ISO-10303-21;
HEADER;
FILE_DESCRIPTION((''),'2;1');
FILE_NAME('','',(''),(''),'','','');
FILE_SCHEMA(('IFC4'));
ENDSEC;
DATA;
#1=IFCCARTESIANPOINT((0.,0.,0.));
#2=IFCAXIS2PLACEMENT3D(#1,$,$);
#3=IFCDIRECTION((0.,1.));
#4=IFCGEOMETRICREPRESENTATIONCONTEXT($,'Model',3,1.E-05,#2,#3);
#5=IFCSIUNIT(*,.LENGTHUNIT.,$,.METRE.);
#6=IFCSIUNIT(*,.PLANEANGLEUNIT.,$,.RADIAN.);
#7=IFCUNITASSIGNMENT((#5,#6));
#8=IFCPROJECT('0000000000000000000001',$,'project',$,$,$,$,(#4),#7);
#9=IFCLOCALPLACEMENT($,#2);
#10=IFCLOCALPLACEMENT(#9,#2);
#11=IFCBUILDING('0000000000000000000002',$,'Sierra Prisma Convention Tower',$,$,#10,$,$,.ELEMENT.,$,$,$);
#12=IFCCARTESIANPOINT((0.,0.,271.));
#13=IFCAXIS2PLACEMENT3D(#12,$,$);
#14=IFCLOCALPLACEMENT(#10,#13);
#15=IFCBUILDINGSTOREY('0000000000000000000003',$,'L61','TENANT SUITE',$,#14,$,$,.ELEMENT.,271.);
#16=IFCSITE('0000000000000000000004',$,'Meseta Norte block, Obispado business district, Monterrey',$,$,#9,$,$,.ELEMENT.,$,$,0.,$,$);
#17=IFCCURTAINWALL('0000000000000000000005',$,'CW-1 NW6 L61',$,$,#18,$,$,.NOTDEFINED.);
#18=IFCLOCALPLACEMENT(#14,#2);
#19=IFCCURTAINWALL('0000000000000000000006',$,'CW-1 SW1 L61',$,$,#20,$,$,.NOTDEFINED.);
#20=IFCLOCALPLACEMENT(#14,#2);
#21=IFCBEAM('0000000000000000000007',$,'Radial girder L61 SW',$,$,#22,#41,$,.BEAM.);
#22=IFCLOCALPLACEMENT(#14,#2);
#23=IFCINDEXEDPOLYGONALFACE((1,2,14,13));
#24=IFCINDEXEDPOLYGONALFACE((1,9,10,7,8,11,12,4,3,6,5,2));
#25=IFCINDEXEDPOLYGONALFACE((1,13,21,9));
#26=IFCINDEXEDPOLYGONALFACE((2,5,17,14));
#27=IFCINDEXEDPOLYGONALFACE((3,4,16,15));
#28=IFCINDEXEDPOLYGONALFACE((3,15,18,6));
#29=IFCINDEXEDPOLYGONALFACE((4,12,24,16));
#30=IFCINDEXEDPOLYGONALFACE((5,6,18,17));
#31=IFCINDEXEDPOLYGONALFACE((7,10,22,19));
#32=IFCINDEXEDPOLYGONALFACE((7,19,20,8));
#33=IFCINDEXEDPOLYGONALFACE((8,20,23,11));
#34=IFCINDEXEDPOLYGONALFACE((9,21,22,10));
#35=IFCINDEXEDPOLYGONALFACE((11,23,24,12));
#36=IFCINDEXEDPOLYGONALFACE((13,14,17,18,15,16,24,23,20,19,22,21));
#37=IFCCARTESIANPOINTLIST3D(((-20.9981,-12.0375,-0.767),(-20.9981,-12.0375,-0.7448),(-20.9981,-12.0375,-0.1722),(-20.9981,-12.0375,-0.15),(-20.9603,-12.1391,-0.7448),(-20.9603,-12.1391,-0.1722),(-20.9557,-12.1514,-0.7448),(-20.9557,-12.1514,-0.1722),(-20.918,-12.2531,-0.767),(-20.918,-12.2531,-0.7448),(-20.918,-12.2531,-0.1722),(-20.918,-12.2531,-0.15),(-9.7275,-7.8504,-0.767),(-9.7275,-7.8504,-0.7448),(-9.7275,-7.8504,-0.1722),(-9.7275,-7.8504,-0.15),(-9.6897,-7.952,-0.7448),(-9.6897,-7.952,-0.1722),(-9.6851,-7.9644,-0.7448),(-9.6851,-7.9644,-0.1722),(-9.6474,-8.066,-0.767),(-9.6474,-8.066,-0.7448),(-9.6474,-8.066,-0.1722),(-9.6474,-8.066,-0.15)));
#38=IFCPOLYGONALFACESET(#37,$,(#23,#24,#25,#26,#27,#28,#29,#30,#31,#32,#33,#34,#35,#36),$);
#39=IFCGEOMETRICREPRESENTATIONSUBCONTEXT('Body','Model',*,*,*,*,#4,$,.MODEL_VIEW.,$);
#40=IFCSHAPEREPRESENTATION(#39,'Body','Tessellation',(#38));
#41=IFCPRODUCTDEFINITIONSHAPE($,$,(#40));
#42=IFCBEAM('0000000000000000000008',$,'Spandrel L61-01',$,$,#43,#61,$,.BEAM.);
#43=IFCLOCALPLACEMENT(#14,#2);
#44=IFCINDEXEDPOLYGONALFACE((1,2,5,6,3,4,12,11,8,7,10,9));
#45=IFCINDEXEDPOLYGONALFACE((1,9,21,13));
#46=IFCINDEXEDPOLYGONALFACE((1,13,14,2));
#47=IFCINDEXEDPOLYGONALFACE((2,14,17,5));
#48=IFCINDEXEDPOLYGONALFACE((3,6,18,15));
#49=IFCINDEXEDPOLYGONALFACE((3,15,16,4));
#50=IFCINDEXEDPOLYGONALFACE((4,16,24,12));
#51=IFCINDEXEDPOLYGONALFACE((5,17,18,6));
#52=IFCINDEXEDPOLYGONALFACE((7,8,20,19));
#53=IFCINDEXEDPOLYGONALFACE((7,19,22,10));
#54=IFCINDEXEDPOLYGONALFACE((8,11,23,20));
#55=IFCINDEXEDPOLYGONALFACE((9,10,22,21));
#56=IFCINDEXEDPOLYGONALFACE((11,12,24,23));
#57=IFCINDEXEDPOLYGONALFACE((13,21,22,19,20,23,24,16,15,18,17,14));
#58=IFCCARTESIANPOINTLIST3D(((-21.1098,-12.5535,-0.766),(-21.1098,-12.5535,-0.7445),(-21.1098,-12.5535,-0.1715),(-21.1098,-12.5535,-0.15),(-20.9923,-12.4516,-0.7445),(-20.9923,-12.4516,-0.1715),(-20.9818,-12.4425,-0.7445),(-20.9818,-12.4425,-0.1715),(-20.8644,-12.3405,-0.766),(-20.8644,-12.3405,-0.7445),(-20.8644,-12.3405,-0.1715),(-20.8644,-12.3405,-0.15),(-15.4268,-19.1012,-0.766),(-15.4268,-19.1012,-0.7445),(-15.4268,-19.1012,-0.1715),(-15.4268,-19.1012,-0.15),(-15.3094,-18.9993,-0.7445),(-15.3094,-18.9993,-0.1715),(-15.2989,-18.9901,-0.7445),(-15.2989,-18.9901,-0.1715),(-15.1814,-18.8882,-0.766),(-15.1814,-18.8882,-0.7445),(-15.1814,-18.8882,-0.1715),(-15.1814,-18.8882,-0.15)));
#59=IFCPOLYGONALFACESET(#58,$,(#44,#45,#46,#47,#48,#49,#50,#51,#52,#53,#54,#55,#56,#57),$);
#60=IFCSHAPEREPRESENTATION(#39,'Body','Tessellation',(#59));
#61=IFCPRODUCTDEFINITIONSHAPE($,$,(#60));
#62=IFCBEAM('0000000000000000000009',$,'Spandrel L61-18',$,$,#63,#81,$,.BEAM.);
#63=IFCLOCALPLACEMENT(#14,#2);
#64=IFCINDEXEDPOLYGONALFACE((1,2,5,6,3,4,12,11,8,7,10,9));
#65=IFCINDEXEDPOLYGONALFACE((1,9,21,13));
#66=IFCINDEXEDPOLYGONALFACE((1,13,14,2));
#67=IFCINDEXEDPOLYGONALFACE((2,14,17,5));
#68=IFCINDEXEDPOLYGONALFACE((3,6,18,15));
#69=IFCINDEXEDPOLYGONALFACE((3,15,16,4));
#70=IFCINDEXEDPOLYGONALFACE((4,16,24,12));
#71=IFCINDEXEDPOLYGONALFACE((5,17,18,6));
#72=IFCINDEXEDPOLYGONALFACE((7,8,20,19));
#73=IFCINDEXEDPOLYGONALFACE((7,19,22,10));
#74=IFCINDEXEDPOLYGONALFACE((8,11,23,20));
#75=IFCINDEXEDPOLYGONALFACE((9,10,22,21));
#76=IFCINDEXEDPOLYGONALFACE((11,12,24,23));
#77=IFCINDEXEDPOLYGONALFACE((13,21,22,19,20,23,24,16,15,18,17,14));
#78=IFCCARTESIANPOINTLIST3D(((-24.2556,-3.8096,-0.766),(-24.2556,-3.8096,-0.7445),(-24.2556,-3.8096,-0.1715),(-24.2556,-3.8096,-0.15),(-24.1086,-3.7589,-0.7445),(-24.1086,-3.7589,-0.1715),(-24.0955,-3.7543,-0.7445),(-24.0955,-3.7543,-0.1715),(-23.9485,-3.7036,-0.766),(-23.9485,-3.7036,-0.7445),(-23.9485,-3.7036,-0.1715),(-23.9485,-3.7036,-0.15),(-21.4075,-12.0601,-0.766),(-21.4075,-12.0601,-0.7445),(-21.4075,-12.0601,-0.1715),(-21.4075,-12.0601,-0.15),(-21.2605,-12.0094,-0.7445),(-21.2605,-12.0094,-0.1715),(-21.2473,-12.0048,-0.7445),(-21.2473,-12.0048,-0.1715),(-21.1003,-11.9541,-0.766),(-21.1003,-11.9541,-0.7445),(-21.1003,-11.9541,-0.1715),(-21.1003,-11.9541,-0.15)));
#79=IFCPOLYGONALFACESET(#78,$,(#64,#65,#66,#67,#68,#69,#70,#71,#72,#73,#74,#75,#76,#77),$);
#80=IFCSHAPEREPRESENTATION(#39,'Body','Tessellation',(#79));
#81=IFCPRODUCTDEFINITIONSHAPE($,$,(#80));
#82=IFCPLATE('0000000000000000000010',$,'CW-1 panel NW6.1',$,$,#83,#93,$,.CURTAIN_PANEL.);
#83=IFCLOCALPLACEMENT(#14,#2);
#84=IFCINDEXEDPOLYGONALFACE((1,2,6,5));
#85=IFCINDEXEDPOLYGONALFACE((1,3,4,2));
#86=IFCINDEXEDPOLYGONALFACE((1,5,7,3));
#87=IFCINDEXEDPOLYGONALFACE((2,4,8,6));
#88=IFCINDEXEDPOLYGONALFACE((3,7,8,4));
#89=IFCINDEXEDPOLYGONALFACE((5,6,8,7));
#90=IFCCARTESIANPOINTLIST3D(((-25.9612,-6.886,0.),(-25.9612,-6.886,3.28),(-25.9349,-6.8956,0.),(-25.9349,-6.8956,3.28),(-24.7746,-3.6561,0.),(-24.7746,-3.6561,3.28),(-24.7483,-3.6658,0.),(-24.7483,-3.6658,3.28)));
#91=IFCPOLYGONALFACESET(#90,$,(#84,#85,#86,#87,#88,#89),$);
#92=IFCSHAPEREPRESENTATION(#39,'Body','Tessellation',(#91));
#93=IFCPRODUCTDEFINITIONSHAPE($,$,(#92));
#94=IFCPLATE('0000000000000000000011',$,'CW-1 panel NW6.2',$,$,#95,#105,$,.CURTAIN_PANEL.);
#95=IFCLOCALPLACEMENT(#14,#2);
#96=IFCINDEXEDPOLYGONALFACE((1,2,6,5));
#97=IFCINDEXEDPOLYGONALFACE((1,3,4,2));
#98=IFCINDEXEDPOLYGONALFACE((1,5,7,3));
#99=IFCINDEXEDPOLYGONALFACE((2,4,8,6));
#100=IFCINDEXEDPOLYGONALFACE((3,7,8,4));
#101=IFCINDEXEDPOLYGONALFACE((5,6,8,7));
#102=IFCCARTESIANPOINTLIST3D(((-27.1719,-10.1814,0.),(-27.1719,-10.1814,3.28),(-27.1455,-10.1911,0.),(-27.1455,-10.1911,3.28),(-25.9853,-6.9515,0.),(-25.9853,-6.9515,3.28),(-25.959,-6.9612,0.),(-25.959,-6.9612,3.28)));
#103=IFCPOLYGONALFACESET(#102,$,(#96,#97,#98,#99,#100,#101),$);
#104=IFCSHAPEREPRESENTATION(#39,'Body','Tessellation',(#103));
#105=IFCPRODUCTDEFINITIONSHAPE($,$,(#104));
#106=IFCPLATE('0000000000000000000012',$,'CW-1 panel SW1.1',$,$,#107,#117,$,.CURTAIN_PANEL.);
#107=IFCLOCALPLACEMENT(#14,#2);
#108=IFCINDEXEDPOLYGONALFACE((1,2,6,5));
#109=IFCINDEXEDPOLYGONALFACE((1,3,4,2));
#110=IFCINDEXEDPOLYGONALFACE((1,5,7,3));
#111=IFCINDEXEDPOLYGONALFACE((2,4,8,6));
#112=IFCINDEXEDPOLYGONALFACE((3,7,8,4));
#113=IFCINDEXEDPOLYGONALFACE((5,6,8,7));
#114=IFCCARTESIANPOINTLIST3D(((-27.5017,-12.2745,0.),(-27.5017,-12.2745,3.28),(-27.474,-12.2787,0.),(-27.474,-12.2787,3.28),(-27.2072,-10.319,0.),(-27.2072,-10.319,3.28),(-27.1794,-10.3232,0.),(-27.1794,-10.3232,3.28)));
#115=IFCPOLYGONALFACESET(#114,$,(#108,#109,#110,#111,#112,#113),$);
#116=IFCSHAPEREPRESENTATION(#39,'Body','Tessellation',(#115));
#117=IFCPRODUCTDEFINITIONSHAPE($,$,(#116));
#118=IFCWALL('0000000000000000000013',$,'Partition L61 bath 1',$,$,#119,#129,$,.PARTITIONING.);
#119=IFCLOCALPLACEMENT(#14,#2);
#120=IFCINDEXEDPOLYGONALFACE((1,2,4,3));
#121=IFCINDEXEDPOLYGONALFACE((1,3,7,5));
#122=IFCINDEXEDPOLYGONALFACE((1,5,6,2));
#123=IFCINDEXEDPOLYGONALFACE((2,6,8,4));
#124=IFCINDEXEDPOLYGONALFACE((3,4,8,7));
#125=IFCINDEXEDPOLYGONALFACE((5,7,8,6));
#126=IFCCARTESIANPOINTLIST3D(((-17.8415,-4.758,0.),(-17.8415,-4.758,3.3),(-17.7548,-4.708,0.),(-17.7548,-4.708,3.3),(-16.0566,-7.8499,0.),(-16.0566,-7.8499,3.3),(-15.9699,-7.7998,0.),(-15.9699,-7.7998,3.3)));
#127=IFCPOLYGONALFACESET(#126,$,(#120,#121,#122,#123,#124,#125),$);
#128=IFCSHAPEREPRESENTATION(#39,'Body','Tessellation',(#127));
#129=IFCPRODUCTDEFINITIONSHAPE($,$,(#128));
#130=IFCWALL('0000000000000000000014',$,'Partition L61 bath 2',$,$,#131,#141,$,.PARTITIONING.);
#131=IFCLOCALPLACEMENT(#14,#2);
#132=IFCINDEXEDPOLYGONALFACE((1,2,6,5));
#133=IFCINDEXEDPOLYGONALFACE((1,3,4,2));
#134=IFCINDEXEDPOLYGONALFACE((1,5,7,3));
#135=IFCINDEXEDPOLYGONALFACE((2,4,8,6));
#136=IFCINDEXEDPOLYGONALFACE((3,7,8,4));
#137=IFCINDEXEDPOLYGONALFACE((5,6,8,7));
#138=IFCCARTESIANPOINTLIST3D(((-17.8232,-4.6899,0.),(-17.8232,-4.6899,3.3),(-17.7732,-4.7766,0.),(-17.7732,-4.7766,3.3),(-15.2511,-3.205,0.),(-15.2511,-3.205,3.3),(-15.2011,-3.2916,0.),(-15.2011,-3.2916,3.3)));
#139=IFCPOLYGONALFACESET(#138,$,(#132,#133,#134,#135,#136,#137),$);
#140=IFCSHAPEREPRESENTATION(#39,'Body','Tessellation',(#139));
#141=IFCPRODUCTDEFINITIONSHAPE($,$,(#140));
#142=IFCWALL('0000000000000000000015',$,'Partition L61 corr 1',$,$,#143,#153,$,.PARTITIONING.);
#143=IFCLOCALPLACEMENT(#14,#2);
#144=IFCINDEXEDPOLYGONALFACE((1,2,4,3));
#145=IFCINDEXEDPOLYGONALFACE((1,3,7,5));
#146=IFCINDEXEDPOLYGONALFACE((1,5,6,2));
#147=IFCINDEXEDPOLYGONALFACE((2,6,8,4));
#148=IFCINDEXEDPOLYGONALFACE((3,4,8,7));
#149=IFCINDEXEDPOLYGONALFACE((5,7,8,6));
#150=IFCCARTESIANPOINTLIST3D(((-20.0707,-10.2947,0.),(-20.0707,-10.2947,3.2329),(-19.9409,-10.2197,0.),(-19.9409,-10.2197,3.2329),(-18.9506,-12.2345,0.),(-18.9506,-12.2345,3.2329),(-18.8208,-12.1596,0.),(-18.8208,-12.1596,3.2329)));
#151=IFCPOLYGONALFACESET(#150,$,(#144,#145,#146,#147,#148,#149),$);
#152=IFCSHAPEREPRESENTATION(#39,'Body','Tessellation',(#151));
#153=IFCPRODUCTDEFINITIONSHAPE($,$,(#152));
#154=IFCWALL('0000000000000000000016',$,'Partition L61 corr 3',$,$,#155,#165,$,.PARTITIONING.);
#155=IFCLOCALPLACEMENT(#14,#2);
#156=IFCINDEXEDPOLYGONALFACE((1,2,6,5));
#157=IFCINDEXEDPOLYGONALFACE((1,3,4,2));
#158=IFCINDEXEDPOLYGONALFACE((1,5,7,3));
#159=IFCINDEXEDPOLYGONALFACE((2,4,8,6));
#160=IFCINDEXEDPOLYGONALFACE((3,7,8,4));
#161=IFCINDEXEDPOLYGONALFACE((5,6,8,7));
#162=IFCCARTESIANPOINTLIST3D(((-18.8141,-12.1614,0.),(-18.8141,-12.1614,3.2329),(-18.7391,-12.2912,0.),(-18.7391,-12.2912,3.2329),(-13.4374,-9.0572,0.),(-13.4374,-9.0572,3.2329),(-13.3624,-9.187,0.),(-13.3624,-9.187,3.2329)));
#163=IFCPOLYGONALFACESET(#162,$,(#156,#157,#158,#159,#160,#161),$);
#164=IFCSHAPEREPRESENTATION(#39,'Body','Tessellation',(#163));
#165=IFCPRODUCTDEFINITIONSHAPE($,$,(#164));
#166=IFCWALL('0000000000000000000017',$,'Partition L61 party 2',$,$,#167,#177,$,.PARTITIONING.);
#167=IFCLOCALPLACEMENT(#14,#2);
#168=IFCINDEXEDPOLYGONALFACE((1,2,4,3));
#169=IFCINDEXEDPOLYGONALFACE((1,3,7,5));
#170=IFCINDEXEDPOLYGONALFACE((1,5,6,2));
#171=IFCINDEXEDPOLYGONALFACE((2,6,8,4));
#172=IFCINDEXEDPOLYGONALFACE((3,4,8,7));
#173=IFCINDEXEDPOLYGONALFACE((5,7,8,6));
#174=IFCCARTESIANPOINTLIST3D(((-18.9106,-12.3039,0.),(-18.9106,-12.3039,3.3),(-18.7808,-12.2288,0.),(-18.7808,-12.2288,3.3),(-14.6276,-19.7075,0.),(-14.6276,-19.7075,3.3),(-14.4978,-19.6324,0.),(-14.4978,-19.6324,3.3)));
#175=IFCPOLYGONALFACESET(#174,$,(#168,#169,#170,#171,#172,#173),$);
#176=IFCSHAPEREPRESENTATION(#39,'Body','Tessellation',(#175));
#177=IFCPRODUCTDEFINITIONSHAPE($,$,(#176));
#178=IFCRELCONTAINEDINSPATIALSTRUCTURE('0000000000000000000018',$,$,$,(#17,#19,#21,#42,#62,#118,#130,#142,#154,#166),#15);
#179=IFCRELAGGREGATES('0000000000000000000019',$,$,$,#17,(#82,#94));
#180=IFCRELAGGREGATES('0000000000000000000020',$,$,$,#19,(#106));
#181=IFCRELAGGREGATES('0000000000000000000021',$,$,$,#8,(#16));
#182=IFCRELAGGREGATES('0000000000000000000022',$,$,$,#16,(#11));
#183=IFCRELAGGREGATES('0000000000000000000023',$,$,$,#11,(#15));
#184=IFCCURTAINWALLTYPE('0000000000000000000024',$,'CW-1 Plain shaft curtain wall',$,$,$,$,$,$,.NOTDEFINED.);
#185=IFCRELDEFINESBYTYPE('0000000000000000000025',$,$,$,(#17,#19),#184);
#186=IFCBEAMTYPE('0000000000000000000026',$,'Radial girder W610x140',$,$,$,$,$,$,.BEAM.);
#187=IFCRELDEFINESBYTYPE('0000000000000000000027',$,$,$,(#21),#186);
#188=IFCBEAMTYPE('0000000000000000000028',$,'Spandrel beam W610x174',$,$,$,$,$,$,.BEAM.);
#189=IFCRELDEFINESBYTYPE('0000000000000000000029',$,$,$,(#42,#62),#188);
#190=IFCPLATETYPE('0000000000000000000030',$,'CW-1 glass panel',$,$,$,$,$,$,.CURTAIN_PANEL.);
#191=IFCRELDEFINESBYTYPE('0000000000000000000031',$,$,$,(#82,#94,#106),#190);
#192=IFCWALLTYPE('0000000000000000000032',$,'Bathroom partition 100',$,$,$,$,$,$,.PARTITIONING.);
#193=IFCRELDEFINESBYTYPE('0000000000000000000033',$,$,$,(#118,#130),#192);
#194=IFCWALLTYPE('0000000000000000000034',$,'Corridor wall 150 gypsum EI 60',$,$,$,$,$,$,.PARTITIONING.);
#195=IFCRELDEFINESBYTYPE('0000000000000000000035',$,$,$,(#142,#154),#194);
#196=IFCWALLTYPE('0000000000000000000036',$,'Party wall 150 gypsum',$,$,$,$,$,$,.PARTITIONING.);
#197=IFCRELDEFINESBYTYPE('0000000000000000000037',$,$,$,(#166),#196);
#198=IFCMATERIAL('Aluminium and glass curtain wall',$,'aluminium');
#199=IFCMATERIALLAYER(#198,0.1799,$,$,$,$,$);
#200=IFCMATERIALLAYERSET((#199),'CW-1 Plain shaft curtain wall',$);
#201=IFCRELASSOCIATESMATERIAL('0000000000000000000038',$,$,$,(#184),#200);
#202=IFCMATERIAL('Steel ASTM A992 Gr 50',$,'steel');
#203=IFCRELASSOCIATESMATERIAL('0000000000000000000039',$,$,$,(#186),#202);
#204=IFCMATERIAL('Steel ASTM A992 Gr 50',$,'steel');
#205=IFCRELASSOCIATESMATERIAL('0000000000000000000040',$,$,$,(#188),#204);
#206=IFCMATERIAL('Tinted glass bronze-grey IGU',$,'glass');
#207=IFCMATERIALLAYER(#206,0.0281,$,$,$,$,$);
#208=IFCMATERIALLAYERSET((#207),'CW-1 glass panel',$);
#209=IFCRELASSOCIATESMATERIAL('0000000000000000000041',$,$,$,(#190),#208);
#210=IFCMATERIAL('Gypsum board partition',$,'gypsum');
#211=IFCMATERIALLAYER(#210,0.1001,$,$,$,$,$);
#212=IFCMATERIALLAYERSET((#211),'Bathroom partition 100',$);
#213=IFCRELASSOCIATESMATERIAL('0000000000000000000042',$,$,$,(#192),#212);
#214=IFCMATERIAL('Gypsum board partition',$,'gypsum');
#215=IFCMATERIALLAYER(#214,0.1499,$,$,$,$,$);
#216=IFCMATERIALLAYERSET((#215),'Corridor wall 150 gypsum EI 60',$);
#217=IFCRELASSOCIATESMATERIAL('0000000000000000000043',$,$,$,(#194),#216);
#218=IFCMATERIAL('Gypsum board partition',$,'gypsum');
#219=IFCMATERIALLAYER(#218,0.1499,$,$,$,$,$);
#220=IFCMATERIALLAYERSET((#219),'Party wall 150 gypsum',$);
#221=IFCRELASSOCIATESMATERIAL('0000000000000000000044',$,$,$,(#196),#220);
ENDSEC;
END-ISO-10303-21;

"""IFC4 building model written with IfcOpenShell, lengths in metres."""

from ifc_helpers import new_model, si_unit, direction, frame, frame_2d, origin, origin_2d, place, context, subcontext, project, spatial, rectangle, i_section, extrude, material, layer, layer_set, material_profile, profile_set, type_object, element, aggregate, save


model = new_model("IFC4")

# Units and contexts
model_context = context("Model", 3, precision=1e-05, world=origin(), true_north=direction((0.0, 1.0)))
body_context = subcontext(model_context, "Body", "Model", "MODEL_VIEW")
ifc_project = project(units=[si_unit("LENGTHUNIT", "METRE"), si_unit("PLANEANGLEUNIT", "RADIAN")], contexts=[model_context])

# Site, building, storey
site_placement = place(None, origin())
site = spatial("IfcSite", under=ifc_project, at=site_placement, Name="Meseta Norte block, Obispado business district, Monterrey", CompositionType="ELEMENT", RefElevation=0.0)
building_placement = place(site_placement, origin())
building = spatial("IfcBuilding", under=site, at=building_placement, Name="Sierra Prisma Convention Tower", CompositionType="ELEMENT")
storey_placement = place(building_placement, frame((0.0, 0.0, 271.0)))
storey = spatial("IfcBuildingStorey", under=building, at=storey_placement, Name="L61", Description="TENANT SUITE", CompositionType="ELEMENT", Elevation=271.0)

# Curtain walls
ifc_material_1 = material(Name="Aluminium and glass curtain wall", Category="aluminium")
ifc_layer_1 = layer(ifc_material_1, 0.1799)
ifc_layer_set_1 = layer_set([ifc_layer_1], Name="CW-1 Plain shaft curtain wall")
curtain_wall_type = type_object("IfcCurtainWallType", Name="CW-1 Plain shaft curtain wall", PredefinedType="NOTDEFINED", material=ifc_layer_set_1)
curtain_wall_1_placement = place(storey_placement, origin())
curtain_wall_1 = element("IfcCurtainWall", 1, at=curtain_wall_1_placement, inside=storey, type_object=curtain_wall_type, Name="CW-1 NW6 L61", PredefinedType="NOTDEFINED")
curtain_wall_2_placement = place(storey_placement, origin())
curtain_wall_2 = element("IfcCurtainWall", 2, at=curtain_wall_2_placement, inside=storey, type_object=curtain_wall_type, Name="CW-1 SW1 L61", PredefinedType="NOTDEFINED")

# Beams
ifc_material_2 = material(Name="Steel ASTM A992 Gr 50", Category="steel")
ifc_material_profile_1 = material_profile(ifc_material_2, i_section(OverallWidth=0.23, OverallDepth=0.6169, WebThickness=0.0132, FlangeThickness=0.0222, at=origin_2d()), Name="W610x140")
ifc_profile_set_1 = profile_set([ifc_material_profile_1], Name="Steel ASTM A992 Gr 50")
beam_type_1 = type_object("IfcBeamType", Name="Radial girder W610x140", PredefinedType="BEAM", material=ifc_profile_set_1)
beam_1_placement = place(storey_placement, frame((-20.958, -12.1453, -0.4585), z_axis=(0.937403, 0.348247, 0.0), x_axis=(-0.348247, 0.937403, 0.0)))
element("IfcBeam", 3, at=beam_1_placement, inside=storey, type_object=beam_type_1, Name="Radial girder L61 SW", PredefinedType="BEAM", context=body_context, shape_type="SweptSolid", body=[
    extrude(i_section(OverallWidth=0.23, OverallDepth=0.6169, WebThickness=0.0132, FlangeThickness=0.0222, at=origin_2d()), origin(), (0.0, 0.0, 1.0), 12.0232),
])
ifc_material_3 = material(Name="Steel ASTM A992 Gr 50", Category="steel")
ifc_material_profile_2 = material_profile(ifc_material_3, i_section(OverallWidth=0.325, OverallDepth=0.616, WebThickness=0.0139, FlangeThickness=0.0215, at=origin_2d()), Name="W610x174")
ifc_profile_set_2 = profile_set([ifc_material_profile_2], Name="Steel ASTM A992 Gr 50")
beam_type_2 = type_object("IfcBeamType", Name="Spandrel beam W610x174", PredefinedType="BEAM", material=ifc_profile_set_2)
beam_2_placement = place(storey_placement, frame((-20.9871, -12.447, -0.458), z_axis=(0.655475, -0.755217, 0.0), x_axis=(0.755217, 0.655475, 0.0)))
element("IfcBeam", 4, at=beam_2_placement, inside=storey, type_object=beam_type_2, Name="Spandrel L61-01", PredefinedType="BEAM", context=body_context, shape_type="SweptSolid", body=[
    extrude(i_section(OverallWidth=0.325, OverallDepth=0.616, WebThickness=0.0139, FlangeThickness=0.0215, at=origin_2d()), origin(), (0.0, 0.0, 1.0), 8.6699),
])
beam_3_placement = place(storey_placement, frame((-24.1021, -3.7566, -0.458), z_axis=(0.326313, -0.945262, 0.0), x_axis=(0.945262, 0.326313, 0.0)))
element("IfcBeam", 5, at=beam_3_placement, inside=storey, type_object=beam_type_2, Name="Spandrel L61-18", PredefinedType="BEAM", context=body_context, shape_type="SweptSolid", body=[
    extrude(i_section(OverallWidth=0.325, OverallDepth=0.616, WebThickness=0.0139, FlangeThickness=0.0215, at=origin_2d()), origin(), (0.0, 0.0, 1.0), 8.7283),
])

# Plates
ifc_material_4 = material(Name="Tinted glass bronze-grey IGU", Category="glass")
ifc_layer_2 = layer(ifc_material_4, 0.0281)
ifc_layer_set_2 = layer_set([ifc_layer_2], Name="CW-1 glass panel")
plate_type = type_object("IfcPlateType", Name="CW-1 glass panel", PredefinedType="CURTAIN_PANEL", material=ifc_layer_set_2)
plate_1_placement = place(storey_placement, frame((-25.3547, -5.2759, 0.0), z_axis=(0.0, 0.0, 1.0), x_axis=(-0.344847, -0.938659, 0.0)))
plate_1 = element("IfcPlate", 6, at=plate_1_placement, type_object=plate_type, Name="CW-1 panel NW6.1", PredefinedType="CURTAIN_PANEL", context=body_context, shape_type="SweptSolid", body=[
    extrude(rectangle(XDim=3.4409, YDim=0.0281, at=origin_2d()), origin(), (0.0, 0.0, 1.0), 3.28),
])
plate_2_placement = place(storey_placement, frame((-26.5654, -8.5713, 0.0), z_axis=(0.0, 0.0, 1.0), x_axis=(-0.344847, -0.938659, 0.0)))
plate_2 = element("IfcPlate", 7, at=plate_2_placement, type_object=plate_type, Name="CW-1 panel NW6.2", PredefinedType="CURTAIN_PANEL", context=body_context, shape_type="SweptSolid", body=[
    extrude(rectangle(XDim=3.4409, YDim=0.0281, at=origin_2d()), origin(), (0.0, 0.0, 1.0), 3.28),
])
aggregate(curtain_wall_1, [plate_1, plate_2])
plate_3_placement = place(storey_placement, frame((-27.3406, -11.2988, 0.0), z_axis=(0.0, 0.0, 1.0), x_axis=(-0.148941, -0.988846, 0.0)))
plate_3 = element("IfcPlate", 8, at=plate_3_placement, type_object=plate_type, Name="CW-1 panel SW1.1", PredefinedType="CURTAIN_PANEL", context=body_context, shape_type="SweptSolid", body=[
    extrude(rectangle(XDim=1.9775, YDim=0.0281, at=origin_2d()), origin(), (0.0, 0.0, 1.0), 3.28),
])
aggregate(curtain_wall_2, [plate_3])

# Walls
ifc_material_5 = material(Name="Gypsum board partition", Category="gypsum")
ifc_layer_3 = layer(ifc_material_5, 0.1001)
ifc_layer_set_3 = layer_set([ifc_layer_3], Name="Bathroom partition 100")
wall_type_1 = type_object("IfcWallType", Name="Bathroom partition 100", PredefinedType="PARTITIONING", material=ifc_layer_set_3)
wall_1_placement = place(storey_placement, frame((-16.0132, -7.825, 0.0), z_axis=(0.0, 0.0, 1.0), x_axis=(-0.499971, 0.866042, 0.0)))
element("IfcWall", 9, at=wall_1_placement, inside=storey, type_object=wall_type_1, Name="Partition L61 bath 1", PredefinedType="PARTITIONING", context=body_context, shape_type="SweptSolid", body=[
    extrude(rectangle(XDim=3.5701, YDim=0.1001, at=frame_2d((1.7852, 0.0))), origin(), (0.0, 0.0, 1.0), 3.3),
])
wall_2_placement = place(storey_placement, frame((-17.7981, -4.7332, 0.0), z_axis=(0.0, 0.0, 1.0), x_axis=(0.866039, 0.499976, 0.0)))
element("IfcWall", 10, at=wall_2_placement, inside=storey, type_object=wall_type_1, Name="Partition L61 bath 2", PredefinedType="PARTITIONING", context=body_context, shape_type="SweptSolid", body=[
    extrude(rectangle(XDim=2.97, YDim=0.1001, at=frame_2d((1.4849, 0.0))), origin(), (0.0, 0.0, 1.0), 3.3),
])
ifc_material_6 = material(Name="Gypsum board partition", Category="gypsum")
ifc_layer_4 = layer(ifc_material_6, 0.1499)
ifc_layer_set_4 = layer_set([ifc_layer_4], Name="Corridor wall 150 gypsum EI 60")
wall_type_2 = type_object("IfcWallType", Name="Corridor wall 150 gypsum EI 60", PredefinedType="PARTITIONING", material=ifc_layer_set_4)
wall_3_placement = place(storey_placement, frame((-20.0059, -10.2571, 0.0), z_axis=(0.0, 0.0, 1.0), x_axis=(0.500031, -0.866008, 0.0)))
element("IfcWall", 11, at=wall_3_placement, inside=storey, type_object=wall_type_2, Name="Partition L61 corr 1", PredefinedType="PARTITIONING", context=body_context, shape_type="SweptSolid", body=[
    extrude(rectangle(XDim=2.24, YDim=0.1499, at=frame_2d((1.1201, 0.0))), origin(), (0.0, 0.0, 1.0), 3.2329),
])
wall_4_placement = place(storey_placement, frame((-18.7766, -12.2263, 0.0), z_axis=(0.0, 0.0, 1.0), x_axis=(0.866025, 0.5, 0.0)))
element("IfcWall", 12, at=wall_4_placement, inside=storey, type_object=wall_type_2, Name="Partition L61 corr 3", PredefinedType="PARTITIONING", context=body_context, shape_type="SweptSolid", body=[
    extrude(rectangle(XDim=6.2085, YDim=0.1499, at=frame_2d((3.1042, 0.0))), origin(), (0.0, 0.0, 1.0), 3.2329),
])
ifc_material_7 = material(Name="Gypsum board partition", Category="gypsum")
ifc_layer_5 = layer(ifc_material_7, 0.1499)
ifc_layer_set_5 = layer_set([ifc_layer_5], Name="Party wall 150 gypsum")
wall_type_3 = type_object("IfcWallType", Name="Party wall 150 gypsum", PredefinedType="PARTITIONING", material=ifc_layer_set_5)
wall_5_placement = place(storey_placement, frame((-18.8457, -12.2664, 0.0), z_axis=(0.0, 0.0, 1.0), x_axis=(0.500746, -0.865594, 0.0)))
element("IfcWall", 13, at=wall_5_placement, inside=storey, type_object=wall_type_3, Name="Partition L61 party 2", PredefinedType="PARTITIONING", context=body_context, shape_type="SweptSolid", body=[
    extrude(rectangle(XDim=8.5532, YDim=0.1499, at=frame_2d((4.2766, 0.0))), origin(), (0.0, 0.0, 1.0), 3.3),
])

save(model, "model.ifc")
